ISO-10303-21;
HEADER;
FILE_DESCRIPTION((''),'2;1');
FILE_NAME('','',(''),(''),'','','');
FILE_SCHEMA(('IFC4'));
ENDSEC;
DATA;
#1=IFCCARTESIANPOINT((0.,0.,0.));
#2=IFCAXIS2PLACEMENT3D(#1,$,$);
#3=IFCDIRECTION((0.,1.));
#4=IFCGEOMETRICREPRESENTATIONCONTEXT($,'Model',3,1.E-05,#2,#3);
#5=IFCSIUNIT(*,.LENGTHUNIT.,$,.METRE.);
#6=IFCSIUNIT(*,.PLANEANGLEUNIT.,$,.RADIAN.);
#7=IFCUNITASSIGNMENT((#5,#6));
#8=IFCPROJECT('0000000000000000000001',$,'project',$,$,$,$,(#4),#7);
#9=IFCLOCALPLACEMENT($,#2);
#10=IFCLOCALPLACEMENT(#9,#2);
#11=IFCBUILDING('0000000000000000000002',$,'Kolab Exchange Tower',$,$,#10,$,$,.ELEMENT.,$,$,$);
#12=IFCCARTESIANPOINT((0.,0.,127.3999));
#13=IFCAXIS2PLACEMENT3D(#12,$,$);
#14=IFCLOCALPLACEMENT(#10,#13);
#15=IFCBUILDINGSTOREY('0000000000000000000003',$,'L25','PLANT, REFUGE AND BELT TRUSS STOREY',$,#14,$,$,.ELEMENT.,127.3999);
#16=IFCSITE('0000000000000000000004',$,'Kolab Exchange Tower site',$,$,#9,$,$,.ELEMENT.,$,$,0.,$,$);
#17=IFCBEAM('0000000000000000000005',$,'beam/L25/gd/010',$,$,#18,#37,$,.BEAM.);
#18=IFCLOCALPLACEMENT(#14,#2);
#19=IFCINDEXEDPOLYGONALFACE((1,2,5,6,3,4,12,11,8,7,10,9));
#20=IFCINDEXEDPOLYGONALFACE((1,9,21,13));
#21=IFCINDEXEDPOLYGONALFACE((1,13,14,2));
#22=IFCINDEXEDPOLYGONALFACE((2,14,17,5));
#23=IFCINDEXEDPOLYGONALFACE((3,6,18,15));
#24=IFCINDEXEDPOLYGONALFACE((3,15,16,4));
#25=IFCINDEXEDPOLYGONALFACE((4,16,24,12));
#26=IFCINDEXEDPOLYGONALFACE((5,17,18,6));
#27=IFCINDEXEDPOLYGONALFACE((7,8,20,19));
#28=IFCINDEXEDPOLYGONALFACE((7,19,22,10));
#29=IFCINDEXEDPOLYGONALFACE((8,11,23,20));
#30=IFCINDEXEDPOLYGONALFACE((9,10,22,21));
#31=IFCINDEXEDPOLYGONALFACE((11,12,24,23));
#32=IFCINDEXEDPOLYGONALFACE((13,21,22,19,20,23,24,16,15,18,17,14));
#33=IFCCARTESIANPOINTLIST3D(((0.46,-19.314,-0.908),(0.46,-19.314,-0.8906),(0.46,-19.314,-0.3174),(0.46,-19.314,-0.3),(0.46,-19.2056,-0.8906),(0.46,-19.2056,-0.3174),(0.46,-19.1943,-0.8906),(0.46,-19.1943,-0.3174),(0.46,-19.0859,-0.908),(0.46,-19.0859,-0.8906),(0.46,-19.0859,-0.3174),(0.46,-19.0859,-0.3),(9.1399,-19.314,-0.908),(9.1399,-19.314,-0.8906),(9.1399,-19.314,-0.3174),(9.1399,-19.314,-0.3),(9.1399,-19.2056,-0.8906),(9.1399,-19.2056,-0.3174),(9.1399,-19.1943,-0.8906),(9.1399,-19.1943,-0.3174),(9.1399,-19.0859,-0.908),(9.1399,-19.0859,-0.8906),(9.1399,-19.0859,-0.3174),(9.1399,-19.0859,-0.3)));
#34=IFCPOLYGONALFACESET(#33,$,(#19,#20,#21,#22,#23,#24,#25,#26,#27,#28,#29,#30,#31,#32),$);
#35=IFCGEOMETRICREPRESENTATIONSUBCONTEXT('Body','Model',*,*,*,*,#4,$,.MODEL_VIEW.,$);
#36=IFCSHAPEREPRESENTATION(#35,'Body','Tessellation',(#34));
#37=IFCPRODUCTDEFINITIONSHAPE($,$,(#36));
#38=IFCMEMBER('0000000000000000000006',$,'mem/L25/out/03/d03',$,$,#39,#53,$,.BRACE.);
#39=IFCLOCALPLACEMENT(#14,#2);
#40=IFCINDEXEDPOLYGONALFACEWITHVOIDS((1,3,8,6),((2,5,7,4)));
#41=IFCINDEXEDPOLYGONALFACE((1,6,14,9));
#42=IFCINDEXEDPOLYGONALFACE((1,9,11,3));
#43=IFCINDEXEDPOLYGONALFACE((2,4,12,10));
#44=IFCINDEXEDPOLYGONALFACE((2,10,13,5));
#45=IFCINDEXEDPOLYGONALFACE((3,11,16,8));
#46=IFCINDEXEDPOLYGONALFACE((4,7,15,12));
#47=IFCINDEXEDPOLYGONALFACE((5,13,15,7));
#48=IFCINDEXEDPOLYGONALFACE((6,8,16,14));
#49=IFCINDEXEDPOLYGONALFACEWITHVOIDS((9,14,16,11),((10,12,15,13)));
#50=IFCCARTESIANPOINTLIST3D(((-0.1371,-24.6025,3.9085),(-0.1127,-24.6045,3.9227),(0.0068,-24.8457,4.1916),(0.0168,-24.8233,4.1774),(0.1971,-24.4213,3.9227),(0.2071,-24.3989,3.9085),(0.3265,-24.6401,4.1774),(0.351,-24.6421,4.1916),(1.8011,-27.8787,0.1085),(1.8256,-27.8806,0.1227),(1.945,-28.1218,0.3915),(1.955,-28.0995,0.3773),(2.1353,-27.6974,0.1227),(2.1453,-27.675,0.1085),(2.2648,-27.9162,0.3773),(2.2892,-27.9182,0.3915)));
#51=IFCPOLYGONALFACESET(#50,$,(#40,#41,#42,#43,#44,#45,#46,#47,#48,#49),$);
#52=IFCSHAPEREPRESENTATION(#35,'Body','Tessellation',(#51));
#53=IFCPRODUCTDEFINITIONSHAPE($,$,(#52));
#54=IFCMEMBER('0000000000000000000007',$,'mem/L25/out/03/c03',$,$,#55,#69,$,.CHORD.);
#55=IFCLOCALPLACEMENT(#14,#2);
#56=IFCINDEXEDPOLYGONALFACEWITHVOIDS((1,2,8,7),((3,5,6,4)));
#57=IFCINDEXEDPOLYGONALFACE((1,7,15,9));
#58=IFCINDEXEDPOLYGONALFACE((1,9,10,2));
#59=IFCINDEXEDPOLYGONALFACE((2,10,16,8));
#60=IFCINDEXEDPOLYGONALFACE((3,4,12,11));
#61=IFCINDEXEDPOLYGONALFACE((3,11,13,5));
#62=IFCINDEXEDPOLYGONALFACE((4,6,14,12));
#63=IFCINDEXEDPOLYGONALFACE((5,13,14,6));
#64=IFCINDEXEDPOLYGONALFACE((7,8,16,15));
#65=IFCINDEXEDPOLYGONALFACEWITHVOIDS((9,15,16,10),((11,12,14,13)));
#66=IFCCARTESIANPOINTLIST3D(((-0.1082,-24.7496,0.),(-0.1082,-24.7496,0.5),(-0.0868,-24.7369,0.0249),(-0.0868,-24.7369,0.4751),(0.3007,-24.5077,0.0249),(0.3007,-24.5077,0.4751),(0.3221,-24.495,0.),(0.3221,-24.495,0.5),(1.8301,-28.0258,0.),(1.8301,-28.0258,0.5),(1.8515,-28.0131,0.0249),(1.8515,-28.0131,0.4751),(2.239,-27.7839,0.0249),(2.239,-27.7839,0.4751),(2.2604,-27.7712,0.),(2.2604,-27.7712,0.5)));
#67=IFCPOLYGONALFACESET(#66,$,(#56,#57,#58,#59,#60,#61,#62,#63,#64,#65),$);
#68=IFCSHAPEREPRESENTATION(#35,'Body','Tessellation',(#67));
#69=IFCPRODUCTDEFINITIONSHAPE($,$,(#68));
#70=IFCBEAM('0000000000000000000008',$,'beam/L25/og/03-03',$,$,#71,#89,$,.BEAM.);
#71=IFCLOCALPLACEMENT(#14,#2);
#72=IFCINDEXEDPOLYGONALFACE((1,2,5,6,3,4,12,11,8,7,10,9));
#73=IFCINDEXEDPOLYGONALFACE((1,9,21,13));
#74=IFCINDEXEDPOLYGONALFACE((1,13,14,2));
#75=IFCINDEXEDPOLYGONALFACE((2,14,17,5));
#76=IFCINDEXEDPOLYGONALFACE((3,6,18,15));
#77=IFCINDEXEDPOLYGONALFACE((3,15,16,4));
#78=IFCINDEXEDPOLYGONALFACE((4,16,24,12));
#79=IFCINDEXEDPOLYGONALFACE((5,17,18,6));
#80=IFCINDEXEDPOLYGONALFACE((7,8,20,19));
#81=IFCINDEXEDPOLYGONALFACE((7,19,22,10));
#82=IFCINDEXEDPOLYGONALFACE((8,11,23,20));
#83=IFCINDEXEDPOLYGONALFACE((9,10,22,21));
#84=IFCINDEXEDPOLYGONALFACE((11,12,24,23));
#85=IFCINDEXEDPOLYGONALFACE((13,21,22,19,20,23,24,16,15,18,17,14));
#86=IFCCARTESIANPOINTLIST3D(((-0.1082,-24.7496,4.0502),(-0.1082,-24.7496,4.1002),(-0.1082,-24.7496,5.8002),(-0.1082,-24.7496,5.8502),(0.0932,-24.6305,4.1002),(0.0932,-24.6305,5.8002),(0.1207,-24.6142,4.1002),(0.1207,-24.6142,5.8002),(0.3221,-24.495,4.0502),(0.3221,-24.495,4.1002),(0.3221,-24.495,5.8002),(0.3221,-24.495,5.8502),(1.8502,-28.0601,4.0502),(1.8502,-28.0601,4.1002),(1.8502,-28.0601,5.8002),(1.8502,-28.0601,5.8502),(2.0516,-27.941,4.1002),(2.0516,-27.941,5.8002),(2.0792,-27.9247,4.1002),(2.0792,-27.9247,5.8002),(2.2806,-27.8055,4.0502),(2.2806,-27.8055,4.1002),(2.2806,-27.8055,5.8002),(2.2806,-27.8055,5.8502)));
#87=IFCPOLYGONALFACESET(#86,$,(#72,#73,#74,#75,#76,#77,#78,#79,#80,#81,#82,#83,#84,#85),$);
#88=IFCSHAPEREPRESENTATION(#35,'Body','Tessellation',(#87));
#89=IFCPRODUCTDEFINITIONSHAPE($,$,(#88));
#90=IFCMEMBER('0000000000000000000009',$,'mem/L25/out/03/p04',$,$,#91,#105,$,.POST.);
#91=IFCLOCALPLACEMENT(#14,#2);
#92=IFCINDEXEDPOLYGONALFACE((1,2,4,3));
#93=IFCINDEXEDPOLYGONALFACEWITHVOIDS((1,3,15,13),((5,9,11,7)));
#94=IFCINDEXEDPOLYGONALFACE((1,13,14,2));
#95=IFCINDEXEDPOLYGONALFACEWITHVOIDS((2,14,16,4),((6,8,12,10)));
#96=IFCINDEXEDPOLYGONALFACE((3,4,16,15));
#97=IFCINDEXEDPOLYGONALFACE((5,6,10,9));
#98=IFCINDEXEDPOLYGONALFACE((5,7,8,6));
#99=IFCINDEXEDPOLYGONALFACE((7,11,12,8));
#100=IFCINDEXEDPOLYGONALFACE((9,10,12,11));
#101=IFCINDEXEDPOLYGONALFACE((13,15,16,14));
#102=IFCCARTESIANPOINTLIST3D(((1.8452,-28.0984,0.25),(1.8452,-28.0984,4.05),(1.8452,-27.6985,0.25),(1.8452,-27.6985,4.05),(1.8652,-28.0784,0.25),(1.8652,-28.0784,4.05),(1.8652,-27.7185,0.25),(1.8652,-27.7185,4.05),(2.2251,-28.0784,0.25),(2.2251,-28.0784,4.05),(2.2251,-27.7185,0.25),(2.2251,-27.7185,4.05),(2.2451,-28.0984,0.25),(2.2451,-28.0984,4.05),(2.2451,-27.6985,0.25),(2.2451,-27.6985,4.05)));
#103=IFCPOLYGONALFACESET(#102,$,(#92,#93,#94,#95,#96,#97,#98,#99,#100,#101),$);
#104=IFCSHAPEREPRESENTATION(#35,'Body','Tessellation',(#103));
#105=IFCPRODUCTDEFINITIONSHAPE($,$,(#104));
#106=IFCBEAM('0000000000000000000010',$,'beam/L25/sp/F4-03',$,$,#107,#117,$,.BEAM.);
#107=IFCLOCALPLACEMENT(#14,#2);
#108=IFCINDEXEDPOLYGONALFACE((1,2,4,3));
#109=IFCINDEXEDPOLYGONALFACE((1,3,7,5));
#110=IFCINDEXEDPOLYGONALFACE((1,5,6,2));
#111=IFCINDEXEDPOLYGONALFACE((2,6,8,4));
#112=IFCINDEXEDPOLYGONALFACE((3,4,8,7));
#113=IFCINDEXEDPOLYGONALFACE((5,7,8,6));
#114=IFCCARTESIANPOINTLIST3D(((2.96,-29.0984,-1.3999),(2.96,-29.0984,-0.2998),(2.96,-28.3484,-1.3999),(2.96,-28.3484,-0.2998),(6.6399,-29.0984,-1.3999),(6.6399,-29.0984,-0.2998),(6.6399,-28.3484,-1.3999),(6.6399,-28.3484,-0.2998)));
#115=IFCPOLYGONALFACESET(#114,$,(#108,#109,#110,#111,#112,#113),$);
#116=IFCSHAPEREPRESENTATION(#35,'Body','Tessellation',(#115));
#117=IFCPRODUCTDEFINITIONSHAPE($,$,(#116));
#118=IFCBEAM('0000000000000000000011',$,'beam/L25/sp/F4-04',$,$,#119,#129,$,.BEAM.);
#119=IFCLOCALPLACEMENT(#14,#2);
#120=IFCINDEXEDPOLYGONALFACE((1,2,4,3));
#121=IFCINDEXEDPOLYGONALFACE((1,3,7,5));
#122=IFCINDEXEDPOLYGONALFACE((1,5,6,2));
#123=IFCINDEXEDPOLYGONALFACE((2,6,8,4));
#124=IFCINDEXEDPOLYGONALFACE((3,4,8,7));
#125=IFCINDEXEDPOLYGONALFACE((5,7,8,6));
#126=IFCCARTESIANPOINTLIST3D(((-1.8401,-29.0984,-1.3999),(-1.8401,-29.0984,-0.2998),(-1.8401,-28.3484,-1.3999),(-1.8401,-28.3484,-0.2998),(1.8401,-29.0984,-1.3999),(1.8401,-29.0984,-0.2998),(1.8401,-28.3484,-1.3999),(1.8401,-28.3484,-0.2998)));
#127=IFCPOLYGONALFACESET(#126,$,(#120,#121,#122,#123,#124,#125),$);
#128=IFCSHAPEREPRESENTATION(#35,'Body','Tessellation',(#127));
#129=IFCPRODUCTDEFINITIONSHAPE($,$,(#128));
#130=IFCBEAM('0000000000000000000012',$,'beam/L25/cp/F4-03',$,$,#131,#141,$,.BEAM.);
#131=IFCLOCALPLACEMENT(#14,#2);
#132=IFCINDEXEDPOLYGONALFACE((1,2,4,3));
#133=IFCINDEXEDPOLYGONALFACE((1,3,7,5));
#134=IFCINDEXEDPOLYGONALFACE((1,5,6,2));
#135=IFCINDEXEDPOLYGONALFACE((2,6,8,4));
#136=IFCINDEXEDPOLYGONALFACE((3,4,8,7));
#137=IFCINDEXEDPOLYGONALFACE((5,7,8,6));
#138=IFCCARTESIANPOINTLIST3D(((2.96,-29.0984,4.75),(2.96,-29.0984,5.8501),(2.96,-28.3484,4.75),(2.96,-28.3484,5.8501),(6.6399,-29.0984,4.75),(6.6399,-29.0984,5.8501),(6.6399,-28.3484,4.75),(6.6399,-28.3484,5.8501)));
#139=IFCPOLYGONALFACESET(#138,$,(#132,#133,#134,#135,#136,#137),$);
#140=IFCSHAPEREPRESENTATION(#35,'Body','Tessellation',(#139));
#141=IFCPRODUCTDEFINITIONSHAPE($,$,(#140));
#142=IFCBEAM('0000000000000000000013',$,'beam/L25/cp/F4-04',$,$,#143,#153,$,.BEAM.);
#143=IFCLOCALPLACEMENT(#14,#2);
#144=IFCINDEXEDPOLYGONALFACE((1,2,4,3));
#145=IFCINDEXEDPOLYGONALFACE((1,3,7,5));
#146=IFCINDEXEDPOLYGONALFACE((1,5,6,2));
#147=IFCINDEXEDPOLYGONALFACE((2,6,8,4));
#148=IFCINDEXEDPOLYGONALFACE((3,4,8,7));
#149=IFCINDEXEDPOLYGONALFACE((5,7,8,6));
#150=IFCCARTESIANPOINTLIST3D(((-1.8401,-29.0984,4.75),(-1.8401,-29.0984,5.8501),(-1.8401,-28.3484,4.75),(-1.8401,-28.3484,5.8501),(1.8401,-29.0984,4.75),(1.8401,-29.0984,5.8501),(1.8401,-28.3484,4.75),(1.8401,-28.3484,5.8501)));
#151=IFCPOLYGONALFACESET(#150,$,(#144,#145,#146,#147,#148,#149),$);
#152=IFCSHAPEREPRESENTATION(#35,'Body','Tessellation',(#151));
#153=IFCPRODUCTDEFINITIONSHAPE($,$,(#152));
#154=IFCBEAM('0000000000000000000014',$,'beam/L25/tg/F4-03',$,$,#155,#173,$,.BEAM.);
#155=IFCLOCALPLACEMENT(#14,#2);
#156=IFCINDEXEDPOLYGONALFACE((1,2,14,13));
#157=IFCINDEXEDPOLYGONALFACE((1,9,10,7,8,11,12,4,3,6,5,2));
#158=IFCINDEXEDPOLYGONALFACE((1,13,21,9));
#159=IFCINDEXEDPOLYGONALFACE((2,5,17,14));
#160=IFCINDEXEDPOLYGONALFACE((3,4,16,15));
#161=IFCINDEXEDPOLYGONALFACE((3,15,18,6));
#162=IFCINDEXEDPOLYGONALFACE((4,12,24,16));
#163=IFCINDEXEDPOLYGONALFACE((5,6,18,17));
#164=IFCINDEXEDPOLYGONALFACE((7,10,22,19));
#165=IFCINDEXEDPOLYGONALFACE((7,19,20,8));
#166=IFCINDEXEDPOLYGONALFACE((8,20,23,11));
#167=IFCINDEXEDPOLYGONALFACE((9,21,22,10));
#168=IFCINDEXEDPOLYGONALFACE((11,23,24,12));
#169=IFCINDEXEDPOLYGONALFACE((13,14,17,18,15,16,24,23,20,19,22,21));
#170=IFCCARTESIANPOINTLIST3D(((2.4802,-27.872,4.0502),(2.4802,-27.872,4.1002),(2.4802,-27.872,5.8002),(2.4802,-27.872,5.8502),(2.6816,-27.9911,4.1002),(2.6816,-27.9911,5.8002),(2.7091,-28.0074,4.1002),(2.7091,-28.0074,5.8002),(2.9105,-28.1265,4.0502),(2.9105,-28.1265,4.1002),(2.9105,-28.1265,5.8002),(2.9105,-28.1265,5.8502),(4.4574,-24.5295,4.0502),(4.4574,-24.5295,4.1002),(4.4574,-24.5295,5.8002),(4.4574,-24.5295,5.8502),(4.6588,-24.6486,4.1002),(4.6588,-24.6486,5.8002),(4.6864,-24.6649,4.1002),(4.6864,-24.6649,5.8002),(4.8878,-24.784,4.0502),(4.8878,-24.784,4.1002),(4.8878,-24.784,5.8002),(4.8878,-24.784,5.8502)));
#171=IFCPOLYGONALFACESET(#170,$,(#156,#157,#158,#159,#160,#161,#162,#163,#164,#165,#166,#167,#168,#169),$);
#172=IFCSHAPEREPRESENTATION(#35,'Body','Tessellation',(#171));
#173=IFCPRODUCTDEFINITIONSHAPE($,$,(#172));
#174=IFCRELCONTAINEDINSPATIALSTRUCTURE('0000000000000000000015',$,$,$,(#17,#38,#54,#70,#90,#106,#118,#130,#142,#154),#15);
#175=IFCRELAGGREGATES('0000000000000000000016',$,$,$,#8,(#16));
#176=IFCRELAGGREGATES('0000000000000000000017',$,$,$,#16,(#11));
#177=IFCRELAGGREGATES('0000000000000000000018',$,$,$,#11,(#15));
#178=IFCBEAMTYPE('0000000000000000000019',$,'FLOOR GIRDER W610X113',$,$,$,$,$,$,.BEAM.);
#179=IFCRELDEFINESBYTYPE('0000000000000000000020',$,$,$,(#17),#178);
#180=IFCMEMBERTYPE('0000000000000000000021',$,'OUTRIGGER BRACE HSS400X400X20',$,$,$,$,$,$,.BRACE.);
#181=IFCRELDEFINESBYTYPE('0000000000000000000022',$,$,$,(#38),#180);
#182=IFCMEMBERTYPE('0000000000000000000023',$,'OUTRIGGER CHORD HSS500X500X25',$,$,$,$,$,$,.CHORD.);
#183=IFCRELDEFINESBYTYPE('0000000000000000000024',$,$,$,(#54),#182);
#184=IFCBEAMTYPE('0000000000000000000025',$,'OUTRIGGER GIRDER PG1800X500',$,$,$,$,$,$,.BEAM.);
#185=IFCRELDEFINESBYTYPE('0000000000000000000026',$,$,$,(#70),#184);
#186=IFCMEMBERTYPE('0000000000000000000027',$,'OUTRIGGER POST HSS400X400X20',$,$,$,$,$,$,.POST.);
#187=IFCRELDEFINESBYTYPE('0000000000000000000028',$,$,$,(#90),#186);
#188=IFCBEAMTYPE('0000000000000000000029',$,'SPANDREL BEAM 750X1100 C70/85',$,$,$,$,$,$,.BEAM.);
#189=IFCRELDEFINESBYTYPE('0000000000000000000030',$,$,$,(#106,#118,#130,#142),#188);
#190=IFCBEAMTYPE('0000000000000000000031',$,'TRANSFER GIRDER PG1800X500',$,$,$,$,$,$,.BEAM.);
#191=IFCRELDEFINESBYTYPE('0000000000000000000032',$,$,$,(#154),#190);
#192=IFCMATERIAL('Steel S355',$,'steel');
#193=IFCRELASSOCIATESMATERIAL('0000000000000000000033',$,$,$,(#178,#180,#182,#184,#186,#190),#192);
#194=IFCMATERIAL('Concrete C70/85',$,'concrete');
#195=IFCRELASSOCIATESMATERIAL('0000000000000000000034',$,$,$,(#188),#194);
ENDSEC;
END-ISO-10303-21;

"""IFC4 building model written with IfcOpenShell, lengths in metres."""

from ifc_helpers import new_model, si_unit, direction, frame, origin, origin_2d, place, context, subcontext, project, spatial, rectangle, hollow_rectangle, i_section, extrude, material, material_profile, profile_set, type_object, element, save


model = new_model("IFC4")

# Units and contexts
model_context = context("Model", 3, precision=1e-05, world=origin(), true_north=direction((0.0, 1.0)))
body_context = subcontext(model_context, "Body", "Model", "MODEL_VIEW")
ifc_project = project(units=[si_unit("LENGTHUNIT", "METRE"), si_unit("PLANEANGLEUNIT", "RADIAN")], contexts=[model_context])

# Site, building, storey
site_placement = place(None, origin())
site = spatial("IfcSite", under=ifc_project, at=site_placement, Name="Kolab Exchange Tower site", CompositionType="ELEMENT", RefElevation=0.0)
building_placement = place(site_placement, origin())
building = spatial("IfcBuilding", under=site, at=building_placement, Name="Kolab Exchange Tower", CompositionType="ELEMENT")
storey_placement = place(building_placement, frame((0.0, 0.0, 127.3999)))
storey = spatial("IfcBuildingStorey", under=building, at=storey_placement, Name="L25", Description="PLANT, REFUGE AND BELT TRUSS STOREY", CompositionType="ELEMENT", Elevation=127.3999)

# Shared definitions
ifc_material_1 = material(Name="Concrete C70/85", Category="concrete")

# Shared definitions
ifc_material_2 = material(Name="Steel S355", Category="steel")

# Beam
ifc_material_profile_1 = material_profile(ifc_material_2, i_section(OverallWidth=0.228, OverallDepth=0.6079, WebThickness=0.0112, FlangeThickness=0.0173, at=origin_2d()), Name="W610X113")
ifc_profile_set_1 = profile_set([ifc_material_profile_1], Name="Steel S355")
beam_type_1 = type_object("IfcBeamType", Name="FLOOR GIRDER W610X113", PredefinedType="BEAM", material=ifc_profile_set_1)
beam_1_placement = place(storey_placement, frame((0.46, -19.2, -0.604), z_axis=(1.0, 0.0, 0.0), x_axis=(0.0, 1.0, 0.0)))
element("IfcBeam", 1, at=beam_1_placement, inside=storey, type_object=beam_type_1, Name="beam/L25/gd/010", PredefinedType="BEAM", context=body_context, shape_type="SweptSolid", body=[
    extrude(i_section(OverallWidth=0.228, OverallDepth=0.6079, WebThickness=0.0112, FlangeThickness=0.0173, at=origin_2d()), origin(), (0.0, 0.0, 1.0), 8.6799),
])

# Members
ifc_material_profile_2 = material_profile(ifc_material_2, hollow_rectangle(XDim=0.3999, YDim=0.3999, WallThickness=0.02, at=origin_2d()), Name="HSS400X400X20")
ifc_profile_set_2 = profile_set([ifc_material_profile_2], Name="Steel S355")
member_type_1 = type_object("IfcMemberType", Name="OUTRIGGER BRACE HSS400X400X20", PredefinedType="BRACE", material=ifc_profile_set_2)
member_1_placement = place(storey_placement, frame((0.1069, -24.6223, 4.05), z_axis=(0.360355, -0.609095, -0.706503), x_axis=(0.860657, 0.509185, 0.0)))
element("IfcMember", 2, at=member_1_placement, inside=storey, type_object=member_type_1, Name="mem/L25/out/03/d03", PredefinedType="BRACE", context=body_context, shape_type="SweptSolid", body=[
    extrude(hollow_rectangle(XDim=0.3999, YDim=0.3999, WallThickness=0.02, at=origin_2d()), origin(), (0.0, 0.0, 1.0), 5.3787),
])
ifc_material_profile_3 = material_profile(ifc_material_2, hollow_rectangle(XDim=0.5, YDim=0.5, WallThickness=0.0249, at=origin_2d()), Name="HSS500X500X25")
ifc_profile_set_3 = profile_set([ifc_material_profile_3], Name="Steel S355")
member_type_2 = type_object("IfcMemberType", Name="OUTRIGGER CHORD HSS500X500X25", PredefinedType="CHORD", material=ifc_profile_set_3)
member_2_placement = place(storey_placement, frame((0.1069, -24.6223, 0.25), z_axis=(0.509185, -0.860657, 0.0), x_axis=(0.860657, 0.509185, 0.0)))
element("IfcMember", 3, at=member_2_placement, inside=storey, type_object=member_type_2, Name="mem/L25/out/03/c03", PredefinedType="CHORD", context=body_context, shape_type="SweptSolid", body=[
    extrude(hollow_rectangle(XDim=0.5, YDim=0.5, WallThickness=0.0249, at=origin_2d()), origin(), (0.0, 0.0, 1.0), 3.8066),
])

# Beam
ifc_material_profile_4 = material_profile(ifc_material_2, i_section(OverallWidth=0.5, OverallDepth=1.8, WebThickness=0.032, FlangeThickness=0.05, at=origin_2d()), Name="PG1800X500")
ifc_profile_set_4 = profile_set([ifc_material_profile_4], Name="Steel S355")
beam_type_2 = type_object("IfcBeamType", Name="OUTRIGGER GIRDER PG1800X500", PredefinedType="BEAM", material=ifc_profile_set_4)
beam_2_placement = place(storey_placement, frame((0.1069, -24.6223, 4.9502), z_axis=(0.509165, -0.860669, 0.0), x_axis=(0.860669, 0.509165, 0.0)))
element("IfcBeam", 4, at=beam_2_placement, inside=storey, type_object=beam_type_2, Name="beam/L25/og/03-03", PredefinedType="BEAM", context=body_context, shape_type="SweptSolid", body=[
    extrude(i_section(OverallWidth=0.5, OverallDepth=1.8, WebThickness=0.032, FlangeThickness=0.05, at=origin_2d()), origin(), (0.0, 0.0, 1.0), 3.8464),
])

# Member
ifc_material_profile_5 = material_profile(ifc_material_2, hollow_rectangle(XDim=0.3999, YDim=0.3999, WallThickness=0.02, at=origin_2d()), Name="HSS400X400X20")
ifc_profile_set_5 = profile_set([ifc_material_profile_5], Name="Steel S355")
member_type_3 = type_object("IfcMemberType", Name="OUTRIGGER POST HSS400X400X20", PredefinedType="POST", material=ifc_profile_set_5)
member_3_placement = place(storey_placement, frame((2.0452, -27.8984, 0.25), z_axis=(0.0, 0.0, 1.0), x_axis=(1.0, 0.0, 0.0)))
element("IfcMember", 5, at=member_3_placement, inside=storey, type_object=member_type_3, Name="mem/L25/out/03/p04", PredefinedType="POST", context=body_context, shape_type="SweptSolid", body=[
    extrude(hollow_rectangle(XDim=0.3999, YDim=0.3999, WallThickness=0.02, at=origin_2d()), origin(), (0.0, 0.0, 1.0), 3.8),
])

# Beams
ifc_material_profile_6 = material_profile(ifc_material_1, rectangle(XDim=0.75, YDim=1.1001, at=origin_2d()), Name="RC750X1100")
ifc_profile_set_6 = profile_set([ifc_material_profile_6], Name="Concrete C70/85")
beam_type_3 = type_object("IfcBeamType", Name="SPANDREL BEAM 750X1100 C70/85", PredefinedType="BEAM", material=ifc_profile_set_6)
beam_3_placement = place(storey_placement, frame((6.6399, -28.7234, -0.8499), z_axis=(-1.0, 0.0, 0.0), x_axis=(0.0, -1.0, 0.0)))
element("IfcBeam", 6, at=beam_3_placement, inside=storey, type_object=beam_type_3, Name="beam/L25/sp/F4-03", PredefinedType="BEAM", context=body_context, shape_type="SweptSolid", body=[
    extrude(rectangle(XDim=0.75, YDim=1.1001, at=origin_2d()), origin(), (0.0, 0.0, 1.0), 3.6799),
])
beam_4_placement = place(storey_placement, frame((1.8401, -28.7234, -0.8499), z_axis=(-1.0, 0.0, 0.0), x_axis=(0.0, -1.0, 0.0)))
element("IfcBeam", 7, at=beam_4_placement, inside=storey, type_object=beam_type_3, Name="beam/L25/sp/F4-04", PredefinedType="BEAM", context=body_context, shape_type="SweptSolid", body=[
    extrude(rectangle(XDim=0.75, YDim=1.1001, at=origin_2d()), origin(), (0.0, 0.0, 1.0), 3.6802),
])
beam_5_placement = place(storey_placement, frame((6.6399, -28.7234, 5.3), z_axis=(-1.0, 0.0, 0.0), x_axis=(0.0, -1.0, 0.0)))
element("IfcBeam", 8, at=beam_5_placement, inside=storey, type_object=beam_type_3, Name="beam/L25/cp/F4-03", PredefinedType="BEAM", context=body_context, shape_type="SweptSolid", body=[
    extrude(rectangle(XDim=0.75, YDim=1.1001, at=origin_2d()), origin(), (0.0, 0.0, 1.0), 3.6799),
])
beam_6_placement = place(storey_placement, frame((1.8401, -28.7234, 5.3), z_axis=(-1.0, 0.0, 0.0), x_axis=(0.0, -1.0, 0.0)))
element("IfcBeam", 9, at=beam_6_placement, inside=storey, type_object=beam_type_3, Name="beam/L25/cp/F4-04", PredefinedType="BEAM", context=body_context, shape_type="SweptSolid", body=[
    extrude(rectangle(XDim=0.75, YDim=1.1001, at=origin_2d()), origin(), (0.0, 0.0, 1.0), 3.6802),
])
ifc_material_profile_7 = material_profile(ifc_material_2, i_section(OverallWidth=0.5, OverallDepth=1.8, WebThickness=0.032, FlangeThickness=0.05, at=origin_2d()), Name="PG1800X500")
ifc_profile_set_7 = profile_set([ifc_material_profile_7], Name="Steel S355")
beam_type_4 = type_object("IfcBeamType", Name="TRANSFER GIRDER PG1800X500", PredefinedType="BEAM", material=ifc_profile_set_7)
beam_7_placement = place(storey_placement, frame((4.6726, -24.6567, 4.9502), z_axis=(-0.509142, -0.860682, 0.0), x_axis=(0.860682, -0.509142, 0.0)))
element("IfcBeam", 10, at=beam_7_placement, inside=storey, type_object=beam_type_4, Name="beam/L25/tg/F4-03", PredefinedType="BEAM", context=body_context, shape_type="SweptSolid", body=[
    extrude(i_section(OverallWidth=0.5, OverallDepth=1.8, WebThickness=0.032, FlangeThickness=0.05, at=origin_2d()), origin(), (0.0, 0.0, 1.0), 3.8835),
])

save(model, "model.ifc")
